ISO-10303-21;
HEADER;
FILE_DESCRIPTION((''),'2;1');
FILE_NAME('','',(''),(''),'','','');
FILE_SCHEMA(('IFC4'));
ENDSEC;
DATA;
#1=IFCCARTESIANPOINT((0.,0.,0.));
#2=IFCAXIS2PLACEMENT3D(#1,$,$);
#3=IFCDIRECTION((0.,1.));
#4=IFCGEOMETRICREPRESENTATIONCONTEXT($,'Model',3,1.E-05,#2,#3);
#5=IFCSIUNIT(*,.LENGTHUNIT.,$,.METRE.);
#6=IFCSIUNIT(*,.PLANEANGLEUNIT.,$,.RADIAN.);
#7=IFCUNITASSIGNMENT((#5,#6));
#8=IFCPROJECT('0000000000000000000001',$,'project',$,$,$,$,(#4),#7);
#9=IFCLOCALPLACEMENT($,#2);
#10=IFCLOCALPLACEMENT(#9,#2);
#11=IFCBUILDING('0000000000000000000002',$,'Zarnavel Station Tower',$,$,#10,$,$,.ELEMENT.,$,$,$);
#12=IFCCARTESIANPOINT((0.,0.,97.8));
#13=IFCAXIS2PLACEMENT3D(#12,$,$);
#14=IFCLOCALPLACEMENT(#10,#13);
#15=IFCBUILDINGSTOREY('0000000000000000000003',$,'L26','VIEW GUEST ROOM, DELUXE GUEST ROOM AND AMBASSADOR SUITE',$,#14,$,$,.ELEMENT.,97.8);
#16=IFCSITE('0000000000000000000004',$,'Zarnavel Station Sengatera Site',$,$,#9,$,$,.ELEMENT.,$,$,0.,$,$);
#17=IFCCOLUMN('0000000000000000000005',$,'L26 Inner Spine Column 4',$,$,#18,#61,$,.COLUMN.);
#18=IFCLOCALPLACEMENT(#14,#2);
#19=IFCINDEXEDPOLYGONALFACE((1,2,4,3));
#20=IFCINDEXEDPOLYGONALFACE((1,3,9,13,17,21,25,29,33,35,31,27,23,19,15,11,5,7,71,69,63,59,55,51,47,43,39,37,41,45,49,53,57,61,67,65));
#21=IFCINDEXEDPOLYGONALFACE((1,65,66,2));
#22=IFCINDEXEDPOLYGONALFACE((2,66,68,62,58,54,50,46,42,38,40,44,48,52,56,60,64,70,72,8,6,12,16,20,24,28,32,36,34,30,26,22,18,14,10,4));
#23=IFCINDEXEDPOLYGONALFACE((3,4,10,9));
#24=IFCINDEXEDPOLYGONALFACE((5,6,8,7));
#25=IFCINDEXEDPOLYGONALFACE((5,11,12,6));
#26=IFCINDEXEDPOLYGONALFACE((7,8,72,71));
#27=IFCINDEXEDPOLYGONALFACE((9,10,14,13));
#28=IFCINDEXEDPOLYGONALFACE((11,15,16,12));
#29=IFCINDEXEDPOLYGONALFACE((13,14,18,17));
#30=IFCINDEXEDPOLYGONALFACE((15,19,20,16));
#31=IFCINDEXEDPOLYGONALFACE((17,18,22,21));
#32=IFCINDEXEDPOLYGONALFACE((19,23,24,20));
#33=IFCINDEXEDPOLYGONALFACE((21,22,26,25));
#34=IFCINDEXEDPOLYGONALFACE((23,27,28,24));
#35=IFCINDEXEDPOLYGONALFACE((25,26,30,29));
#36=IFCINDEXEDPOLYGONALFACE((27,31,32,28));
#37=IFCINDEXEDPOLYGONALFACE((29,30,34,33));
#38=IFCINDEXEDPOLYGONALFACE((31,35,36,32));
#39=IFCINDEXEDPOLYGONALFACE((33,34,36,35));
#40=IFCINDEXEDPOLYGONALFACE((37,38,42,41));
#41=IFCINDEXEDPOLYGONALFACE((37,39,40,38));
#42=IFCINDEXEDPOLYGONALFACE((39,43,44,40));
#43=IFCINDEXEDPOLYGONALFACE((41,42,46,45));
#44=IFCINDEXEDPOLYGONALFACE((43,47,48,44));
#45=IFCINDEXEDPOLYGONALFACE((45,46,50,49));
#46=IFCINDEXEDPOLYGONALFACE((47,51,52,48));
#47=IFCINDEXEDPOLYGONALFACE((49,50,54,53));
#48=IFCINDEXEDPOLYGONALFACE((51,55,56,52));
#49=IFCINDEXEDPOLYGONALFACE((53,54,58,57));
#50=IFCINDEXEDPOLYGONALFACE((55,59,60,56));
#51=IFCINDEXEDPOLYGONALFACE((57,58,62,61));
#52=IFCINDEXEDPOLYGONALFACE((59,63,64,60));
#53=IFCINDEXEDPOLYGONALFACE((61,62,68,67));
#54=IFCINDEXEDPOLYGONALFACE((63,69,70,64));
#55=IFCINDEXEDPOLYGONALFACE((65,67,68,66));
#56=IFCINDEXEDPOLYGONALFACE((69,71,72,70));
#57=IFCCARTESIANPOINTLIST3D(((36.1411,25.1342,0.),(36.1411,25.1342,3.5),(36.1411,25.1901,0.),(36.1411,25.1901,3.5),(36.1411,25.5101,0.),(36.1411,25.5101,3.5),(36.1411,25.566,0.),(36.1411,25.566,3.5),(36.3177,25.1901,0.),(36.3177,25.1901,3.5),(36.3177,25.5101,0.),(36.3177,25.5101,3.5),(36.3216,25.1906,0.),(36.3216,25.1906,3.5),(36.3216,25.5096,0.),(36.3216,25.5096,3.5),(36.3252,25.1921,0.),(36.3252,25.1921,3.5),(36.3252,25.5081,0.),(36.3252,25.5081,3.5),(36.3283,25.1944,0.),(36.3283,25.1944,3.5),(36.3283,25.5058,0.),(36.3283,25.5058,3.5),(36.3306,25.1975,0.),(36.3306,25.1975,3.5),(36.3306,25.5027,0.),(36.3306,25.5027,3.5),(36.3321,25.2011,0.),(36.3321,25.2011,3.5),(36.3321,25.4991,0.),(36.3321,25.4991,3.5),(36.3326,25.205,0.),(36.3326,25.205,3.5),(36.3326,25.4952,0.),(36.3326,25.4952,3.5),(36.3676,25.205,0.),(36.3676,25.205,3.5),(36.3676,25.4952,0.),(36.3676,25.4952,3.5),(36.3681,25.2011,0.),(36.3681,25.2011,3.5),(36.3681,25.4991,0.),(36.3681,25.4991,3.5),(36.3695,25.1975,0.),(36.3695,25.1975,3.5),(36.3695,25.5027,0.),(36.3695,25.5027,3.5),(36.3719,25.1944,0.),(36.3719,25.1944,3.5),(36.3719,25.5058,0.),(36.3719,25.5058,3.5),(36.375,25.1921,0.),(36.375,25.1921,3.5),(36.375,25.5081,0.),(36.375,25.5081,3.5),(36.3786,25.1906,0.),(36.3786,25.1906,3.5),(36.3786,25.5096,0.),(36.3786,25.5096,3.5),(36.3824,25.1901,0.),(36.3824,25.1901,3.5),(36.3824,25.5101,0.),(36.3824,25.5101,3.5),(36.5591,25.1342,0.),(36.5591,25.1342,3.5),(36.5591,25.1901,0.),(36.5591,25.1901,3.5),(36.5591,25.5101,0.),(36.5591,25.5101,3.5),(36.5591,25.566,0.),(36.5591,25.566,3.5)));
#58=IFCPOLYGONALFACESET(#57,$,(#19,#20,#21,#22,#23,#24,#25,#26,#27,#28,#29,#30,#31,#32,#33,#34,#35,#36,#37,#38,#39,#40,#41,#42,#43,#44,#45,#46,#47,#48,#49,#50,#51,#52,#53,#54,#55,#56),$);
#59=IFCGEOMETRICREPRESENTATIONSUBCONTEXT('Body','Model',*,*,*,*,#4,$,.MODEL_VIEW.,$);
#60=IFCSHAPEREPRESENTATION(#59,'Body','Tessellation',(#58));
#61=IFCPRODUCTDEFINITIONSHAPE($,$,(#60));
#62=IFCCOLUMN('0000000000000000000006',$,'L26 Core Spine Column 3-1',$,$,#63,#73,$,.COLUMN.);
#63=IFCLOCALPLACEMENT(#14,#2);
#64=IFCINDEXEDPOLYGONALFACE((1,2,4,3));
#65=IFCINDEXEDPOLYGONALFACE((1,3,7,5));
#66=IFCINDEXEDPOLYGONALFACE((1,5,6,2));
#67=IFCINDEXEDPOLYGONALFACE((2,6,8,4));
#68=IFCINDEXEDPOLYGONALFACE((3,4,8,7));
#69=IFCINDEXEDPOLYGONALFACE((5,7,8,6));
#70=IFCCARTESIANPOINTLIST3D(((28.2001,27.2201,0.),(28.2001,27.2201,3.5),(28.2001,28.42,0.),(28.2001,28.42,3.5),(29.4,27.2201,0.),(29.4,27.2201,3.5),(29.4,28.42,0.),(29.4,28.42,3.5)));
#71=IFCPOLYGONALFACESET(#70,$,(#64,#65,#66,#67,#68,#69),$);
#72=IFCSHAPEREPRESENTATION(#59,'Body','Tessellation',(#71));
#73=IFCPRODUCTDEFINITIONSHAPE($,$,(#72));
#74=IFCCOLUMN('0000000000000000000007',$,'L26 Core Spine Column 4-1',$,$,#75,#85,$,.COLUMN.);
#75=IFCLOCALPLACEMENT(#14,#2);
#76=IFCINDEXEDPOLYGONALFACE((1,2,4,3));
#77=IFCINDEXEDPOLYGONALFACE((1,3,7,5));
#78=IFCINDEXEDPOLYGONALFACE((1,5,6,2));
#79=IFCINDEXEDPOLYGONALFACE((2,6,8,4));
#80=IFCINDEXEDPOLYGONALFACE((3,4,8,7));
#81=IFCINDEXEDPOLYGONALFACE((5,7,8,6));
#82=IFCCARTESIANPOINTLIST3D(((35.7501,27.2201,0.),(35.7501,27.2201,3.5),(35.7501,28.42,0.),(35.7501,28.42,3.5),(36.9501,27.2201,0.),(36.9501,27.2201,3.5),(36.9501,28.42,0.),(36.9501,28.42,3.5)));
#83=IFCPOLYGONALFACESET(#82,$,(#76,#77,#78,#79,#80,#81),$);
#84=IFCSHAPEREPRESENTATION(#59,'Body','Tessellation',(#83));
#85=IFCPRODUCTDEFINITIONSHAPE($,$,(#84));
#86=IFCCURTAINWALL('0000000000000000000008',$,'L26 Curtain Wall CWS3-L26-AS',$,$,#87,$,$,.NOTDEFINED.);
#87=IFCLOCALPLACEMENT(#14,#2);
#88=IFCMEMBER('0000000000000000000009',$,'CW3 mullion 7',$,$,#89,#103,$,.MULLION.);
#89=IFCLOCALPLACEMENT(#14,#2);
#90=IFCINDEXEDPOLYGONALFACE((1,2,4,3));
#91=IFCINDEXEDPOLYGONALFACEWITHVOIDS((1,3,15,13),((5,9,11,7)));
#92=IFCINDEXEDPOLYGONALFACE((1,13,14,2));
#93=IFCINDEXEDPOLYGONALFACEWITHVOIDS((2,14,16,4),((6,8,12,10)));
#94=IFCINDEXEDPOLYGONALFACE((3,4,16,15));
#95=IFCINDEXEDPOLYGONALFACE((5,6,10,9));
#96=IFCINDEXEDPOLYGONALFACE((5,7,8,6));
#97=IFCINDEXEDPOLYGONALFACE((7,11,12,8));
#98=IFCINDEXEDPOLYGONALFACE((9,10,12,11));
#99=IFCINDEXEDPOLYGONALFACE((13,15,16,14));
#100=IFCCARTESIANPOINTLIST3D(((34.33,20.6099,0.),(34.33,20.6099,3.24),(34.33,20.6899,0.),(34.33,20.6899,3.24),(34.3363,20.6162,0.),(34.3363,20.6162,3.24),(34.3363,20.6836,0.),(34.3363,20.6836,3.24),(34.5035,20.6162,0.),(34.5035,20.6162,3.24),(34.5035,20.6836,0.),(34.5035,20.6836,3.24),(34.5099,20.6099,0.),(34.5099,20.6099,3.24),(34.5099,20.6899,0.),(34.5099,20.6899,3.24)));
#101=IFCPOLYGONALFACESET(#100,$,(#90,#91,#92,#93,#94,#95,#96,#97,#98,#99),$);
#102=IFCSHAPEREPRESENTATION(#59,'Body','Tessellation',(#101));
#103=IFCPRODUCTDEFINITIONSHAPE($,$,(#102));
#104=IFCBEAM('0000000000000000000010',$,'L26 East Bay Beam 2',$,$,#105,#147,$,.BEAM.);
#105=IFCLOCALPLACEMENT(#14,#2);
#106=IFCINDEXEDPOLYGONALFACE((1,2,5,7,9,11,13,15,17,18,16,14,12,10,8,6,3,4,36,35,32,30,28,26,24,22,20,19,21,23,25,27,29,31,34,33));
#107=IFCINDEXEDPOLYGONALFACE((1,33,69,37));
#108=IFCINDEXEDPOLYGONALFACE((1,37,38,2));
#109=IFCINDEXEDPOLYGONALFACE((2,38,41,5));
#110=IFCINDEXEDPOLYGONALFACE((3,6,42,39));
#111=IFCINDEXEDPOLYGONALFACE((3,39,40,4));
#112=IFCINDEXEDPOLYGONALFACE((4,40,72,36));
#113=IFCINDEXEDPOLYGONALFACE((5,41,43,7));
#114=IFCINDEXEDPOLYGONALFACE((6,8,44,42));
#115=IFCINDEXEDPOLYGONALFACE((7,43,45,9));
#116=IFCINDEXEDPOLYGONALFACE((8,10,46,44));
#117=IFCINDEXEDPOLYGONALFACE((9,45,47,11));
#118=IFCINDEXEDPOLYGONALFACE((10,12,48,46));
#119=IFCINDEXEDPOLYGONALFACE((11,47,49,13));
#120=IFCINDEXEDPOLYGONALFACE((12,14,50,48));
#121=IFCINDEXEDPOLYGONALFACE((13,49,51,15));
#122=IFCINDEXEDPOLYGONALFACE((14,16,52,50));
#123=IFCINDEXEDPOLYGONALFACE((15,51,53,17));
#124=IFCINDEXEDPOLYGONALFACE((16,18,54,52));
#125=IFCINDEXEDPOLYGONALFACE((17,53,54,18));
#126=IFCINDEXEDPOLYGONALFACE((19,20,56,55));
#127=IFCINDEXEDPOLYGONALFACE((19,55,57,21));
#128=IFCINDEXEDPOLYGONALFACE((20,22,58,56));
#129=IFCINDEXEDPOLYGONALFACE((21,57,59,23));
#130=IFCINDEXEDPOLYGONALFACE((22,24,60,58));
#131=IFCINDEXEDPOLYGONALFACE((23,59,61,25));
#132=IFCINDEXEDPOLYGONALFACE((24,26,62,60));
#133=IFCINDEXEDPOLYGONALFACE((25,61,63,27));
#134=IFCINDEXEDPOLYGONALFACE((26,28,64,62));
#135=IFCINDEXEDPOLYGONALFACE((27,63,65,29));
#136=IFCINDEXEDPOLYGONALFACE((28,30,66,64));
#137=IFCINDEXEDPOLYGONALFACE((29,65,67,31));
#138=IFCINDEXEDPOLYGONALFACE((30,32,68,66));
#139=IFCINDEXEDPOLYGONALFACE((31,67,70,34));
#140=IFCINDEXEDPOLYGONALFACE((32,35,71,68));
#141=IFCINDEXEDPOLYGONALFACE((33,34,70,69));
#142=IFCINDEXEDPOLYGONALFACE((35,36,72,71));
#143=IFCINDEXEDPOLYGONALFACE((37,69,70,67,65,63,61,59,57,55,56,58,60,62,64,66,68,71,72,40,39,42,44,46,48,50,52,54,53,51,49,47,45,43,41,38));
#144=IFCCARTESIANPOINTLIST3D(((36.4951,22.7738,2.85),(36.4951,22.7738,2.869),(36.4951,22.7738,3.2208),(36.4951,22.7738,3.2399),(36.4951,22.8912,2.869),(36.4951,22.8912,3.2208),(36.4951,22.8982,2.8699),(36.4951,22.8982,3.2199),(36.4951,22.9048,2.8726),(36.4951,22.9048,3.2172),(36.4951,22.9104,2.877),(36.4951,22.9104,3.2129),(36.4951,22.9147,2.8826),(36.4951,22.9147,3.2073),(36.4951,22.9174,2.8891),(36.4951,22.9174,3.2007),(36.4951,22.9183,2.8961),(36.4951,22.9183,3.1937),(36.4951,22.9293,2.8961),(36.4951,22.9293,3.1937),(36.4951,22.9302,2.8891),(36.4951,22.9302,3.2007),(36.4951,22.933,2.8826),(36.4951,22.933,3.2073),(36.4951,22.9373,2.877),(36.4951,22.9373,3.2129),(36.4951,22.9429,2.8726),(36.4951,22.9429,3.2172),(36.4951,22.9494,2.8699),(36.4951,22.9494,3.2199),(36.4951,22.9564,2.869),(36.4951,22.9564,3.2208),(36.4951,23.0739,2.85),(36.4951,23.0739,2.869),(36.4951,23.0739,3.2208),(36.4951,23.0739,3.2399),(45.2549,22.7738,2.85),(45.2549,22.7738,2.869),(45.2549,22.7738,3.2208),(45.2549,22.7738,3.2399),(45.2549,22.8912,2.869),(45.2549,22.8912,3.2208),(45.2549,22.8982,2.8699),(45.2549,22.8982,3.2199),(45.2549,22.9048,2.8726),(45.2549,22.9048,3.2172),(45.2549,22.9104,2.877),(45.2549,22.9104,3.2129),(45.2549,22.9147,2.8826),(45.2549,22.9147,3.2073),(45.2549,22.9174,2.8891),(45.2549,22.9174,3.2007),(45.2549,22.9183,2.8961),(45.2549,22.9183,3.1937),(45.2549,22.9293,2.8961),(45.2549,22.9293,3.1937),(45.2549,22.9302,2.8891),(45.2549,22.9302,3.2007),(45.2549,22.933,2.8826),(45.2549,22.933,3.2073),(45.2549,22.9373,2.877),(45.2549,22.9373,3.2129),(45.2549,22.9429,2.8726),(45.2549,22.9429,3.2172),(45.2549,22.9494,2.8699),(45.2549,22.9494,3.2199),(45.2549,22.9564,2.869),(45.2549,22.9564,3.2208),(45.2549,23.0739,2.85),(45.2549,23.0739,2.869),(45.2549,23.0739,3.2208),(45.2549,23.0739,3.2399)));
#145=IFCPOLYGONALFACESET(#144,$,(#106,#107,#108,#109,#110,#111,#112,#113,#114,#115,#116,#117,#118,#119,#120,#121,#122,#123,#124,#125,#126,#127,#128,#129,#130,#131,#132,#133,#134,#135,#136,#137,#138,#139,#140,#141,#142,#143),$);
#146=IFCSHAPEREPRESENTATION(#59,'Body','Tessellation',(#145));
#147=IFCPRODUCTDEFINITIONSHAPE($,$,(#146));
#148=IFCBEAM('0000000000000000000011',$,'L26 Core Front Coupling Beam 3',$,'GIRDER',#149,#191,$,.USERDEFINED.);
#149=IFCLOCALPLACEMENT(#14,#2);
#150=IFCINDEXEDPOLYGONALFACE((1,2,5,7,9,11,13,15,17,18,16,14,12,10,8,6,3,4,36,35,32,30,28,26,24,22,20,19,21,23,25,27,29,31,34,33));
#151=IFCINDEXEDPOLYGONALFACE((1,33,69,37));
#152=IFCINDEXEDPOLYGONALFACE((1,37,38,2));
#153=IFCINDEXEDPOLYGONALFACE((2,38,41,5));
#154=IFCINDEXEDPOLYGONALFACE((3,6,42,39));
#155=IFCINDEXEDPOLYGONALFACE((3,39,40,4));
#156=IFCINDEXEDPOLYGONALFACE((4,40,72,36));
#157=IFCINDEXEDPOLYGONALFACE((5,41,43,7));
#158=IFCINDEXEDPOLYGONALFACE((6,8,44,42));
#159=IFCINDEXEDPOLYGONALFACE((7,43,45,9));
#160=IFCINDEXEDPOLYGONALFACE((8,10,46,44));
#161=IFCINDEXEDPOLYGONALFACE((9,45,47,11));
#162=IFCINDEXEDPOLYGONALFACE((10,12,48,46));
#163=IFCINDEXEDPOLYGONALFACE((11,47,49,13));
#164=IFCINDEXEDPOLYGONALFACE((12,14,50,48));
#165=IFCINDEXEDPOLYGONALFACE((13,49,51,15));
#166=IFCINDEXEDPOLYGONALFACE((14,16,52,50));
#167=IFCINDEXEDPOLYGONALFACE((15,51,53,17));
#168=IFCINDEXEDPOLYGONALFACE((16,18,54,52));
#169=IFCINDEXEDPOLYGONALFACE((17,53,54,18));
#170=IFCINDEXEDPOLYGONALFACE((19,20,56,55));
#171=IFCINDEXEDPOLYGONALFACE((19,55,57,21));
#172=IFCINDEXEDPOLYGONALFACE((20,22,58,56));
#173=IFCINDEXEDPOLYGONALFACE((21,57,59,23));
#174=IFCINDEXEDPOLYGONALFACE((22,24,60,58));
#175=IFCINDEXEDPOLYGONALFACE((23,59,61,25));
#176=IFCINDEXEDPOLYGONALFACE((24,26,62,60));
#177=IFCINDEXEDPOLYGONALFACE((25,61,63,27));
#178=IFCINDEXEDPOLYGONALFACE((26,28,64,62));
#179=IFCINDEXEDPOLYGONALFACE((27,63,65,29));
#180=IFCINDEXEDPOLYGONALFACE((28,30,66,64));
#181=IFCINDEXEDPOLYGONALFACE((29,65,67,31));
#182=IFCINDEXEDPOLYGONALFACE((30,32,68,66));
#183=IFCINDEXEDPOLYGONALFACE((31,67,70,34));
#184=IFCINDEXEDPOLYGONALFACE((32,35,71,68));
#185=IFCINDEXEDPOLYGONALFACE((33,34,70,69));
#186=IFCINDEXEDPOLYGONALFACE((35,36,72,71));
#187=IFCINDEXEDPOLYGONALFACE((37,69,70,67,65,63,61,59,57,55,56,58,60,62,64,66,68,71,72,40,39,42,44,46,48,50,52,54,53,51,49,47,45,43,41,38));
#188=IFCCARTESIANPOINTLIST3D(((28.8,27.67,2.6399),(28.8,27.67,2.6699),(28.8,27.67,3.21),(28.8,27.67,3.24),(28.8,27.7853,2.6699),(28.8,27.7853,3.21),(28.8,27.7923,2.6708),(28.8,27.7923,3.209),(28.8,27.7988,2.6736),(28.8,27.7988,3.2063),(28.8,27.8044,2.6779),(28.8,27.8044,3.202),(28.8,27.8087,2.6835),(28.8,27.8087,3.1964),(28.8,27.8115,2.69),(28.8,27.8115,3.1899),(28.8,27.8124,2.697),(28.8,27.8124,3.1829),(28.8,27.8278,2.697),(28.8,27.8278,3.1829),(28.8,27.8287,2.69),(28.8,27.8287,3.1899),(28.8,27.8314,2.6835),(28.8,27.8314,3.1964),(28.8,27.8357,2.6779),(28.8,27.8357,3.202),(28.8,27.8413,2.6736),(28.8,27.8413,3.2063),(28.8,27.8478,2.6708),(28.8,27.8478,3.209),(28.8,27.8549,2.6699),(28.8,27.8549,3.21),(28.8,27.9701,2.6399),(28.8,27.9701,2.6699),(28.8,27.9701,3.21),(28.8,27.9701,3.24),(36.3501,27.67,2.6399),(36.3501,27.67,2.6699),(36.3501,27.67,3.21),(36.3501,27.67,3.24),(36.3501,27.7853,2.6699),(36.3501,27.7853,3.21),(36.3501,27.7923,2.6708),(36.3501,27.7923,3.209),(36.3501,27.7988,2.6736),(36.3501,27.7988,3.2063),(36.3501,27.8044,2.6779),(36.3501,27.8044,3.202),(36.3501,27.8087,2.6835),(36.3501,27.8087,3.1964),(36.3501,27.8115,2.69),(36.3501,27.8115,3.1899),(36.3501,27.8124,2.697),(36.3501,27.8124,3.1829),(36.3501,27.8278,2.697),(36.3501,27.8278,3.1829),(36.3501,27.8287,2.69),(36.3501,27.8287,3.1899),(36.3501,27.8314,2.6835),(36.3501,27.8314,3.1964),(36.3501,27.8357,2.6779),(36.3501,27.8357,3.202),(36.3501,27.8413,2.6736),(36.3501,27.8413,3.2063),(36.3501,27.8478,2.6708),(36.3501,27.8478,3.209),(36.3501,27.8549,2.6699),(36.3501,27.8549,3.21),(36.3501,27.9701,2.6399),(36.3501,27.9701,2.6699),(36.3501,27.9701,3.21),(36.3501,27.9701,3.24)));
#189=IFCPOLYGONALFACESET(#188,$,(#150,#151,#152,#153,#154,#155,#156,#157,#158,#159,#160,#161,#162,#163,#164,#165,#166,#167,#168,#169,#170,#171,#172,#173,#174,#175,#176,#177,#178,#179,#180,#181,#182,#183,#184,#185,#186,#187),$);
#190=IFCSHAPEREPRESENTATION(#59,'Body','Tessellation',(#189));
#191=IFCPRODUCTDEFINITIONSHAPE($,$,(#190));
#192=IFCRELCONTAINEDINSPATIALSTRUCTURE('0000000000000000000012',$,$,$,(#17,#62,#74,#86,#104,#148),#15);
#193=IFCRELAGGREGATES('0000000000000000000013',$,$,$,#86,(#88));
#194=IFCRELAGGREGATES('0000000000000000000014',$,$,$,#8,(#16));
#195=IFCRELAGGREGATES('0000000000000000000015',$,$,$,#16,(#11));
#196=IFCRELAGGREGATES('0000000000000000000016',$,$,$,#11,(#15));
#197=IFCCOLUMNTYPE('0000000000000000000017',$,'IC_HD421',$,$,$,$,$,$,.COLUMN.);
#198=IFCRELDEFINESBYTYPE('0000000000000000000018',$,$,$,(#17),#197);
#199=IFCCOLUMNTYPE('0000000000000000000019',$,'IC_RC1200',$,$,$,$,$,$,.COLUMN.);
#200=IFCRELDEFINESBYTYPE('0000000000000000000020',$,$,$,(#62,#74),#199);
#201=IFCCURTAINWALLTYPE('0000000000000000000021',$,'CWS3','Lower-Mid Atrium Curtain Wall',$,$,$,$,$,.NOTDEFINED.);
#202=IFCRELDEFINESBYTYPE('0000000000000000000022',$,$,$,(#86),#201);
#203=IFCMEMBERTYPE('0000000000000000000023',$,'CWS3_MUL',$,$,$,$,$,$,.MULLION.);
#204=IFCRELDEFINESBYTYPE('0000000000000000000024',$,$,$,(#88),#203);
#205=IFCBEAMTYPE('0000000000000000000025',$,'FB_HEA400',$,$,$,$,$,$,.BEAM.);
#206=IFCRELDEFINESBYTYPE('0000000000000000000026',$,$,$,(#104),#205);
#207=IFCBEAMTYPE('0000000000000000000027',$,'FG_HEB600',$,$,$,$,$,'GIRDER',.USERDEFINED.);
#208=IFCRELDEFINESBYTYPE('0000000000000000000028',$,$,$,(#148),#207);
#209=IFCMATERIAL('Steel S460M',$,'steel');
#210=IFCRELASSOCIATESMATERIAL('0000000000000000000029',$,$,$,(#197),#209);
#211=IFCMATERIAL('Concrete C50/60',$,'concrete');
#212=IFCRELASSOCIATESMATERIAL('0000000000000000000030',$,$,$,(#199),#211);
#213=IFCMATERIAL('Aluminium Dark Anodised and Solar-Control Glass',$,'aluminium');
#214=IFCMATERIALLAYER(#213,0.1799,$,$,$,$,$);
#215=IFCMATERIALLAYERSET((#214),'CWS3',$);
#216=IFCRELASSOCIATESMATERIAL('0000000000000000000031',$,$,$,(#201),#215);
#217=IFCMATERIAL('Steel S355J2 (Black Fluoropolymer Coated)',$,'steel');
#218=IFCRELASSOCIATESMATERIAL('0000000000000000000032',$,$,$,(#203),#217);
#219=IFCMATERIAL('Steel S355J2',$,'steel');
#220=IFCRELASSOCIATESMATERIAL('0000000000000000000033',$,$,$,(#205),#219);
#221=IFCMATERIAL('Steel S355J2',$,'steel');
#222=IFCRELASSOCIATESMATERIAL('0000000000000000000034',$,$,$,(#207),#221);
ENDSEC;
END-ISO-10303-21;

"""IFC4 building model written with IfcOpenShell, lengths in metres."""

from ifc_helpers import new_model, si_unit, direction, frame, origin, origin_2d, place, context, subcontext, project, spatial, rectangle, hollow_rectangle, i_section, extrude, material, layer, layer_set, material_profile, profile_set, type_object, element, aggregate, save


model = new_model("IFC4")

# Units and contexts
model_context = context("Model", 3, precision=1e-05, world=origin(), true_north=direction((0.0, 1.0)))
body_context = subcontext(model_context, "Body", "Model", "MODEL_VIEW")
ifc_project = project(units=[si_unit("LENGTHUNIT", "METRE"), si_unit("PLANEANGLEUNIT", "RADIAN")], contexts=[model_context])

# Site, building, storey
site_placement = place(None, origin())
site = spatial("IfcSite", under=ifc_project, at=site_placement, Name="Zarnavel Station Sengatera Site", CompositionType="ELEMENT", RefElevation=0.0)
building_placement = place(site_placement, origin())
building = spatial("IfcBuilding", under=site, at=building_placement, Name="Zarnavel Station Tower", CompositionType="ELEMENT")
storey_placement = place(building_placement, frame((0.0, 0.0, 97.8)))
storey = spatial("IfcBuildingStorey", under=building, at=storey_placement, Name="L26", Description="VIEW GUEST ROOM, DELUXE GUEST ROOM AND AMBASSADOR SUITE", CompositionType="ELEMENT", Elevation=97.8)

# Columns
ifc_material_1 = material(Name="Steel S460M", Category="steel")
ifc_material_profile_1 = material_profile(ifc_material_1, i_section(OverallWidth=0.418, OverallDepth=0.4319, WebThickness=0.0349, FlangeThickness=0.0559, FilletRadius=0.0149, at=origin_2d()), Name="HD400x421")
ifc_profile_set_1 = profile_set([ifc_material_profile_1], Name="Steel S460M")
column_type_1 = type_object("IfcColumnType", Name="IC_HD421", PredefinedType="COLUMN", material=ifc_profile_set_1)
column_placement = place(storey_placement, frame((36.3501, 25.3501, 0.0), z_axis=(0.0, 0.0, 1.0), x_axis=(1.0, 0.0, 0.0)))
element("IfcColumn", 1, at=column_placement, inside=storey, type_object=column_type_1, Name="L26 Inner Spine Column 4", PredefinedType="COLUMN", context=body_context, shape_type="SweptSolid", body=[
    extrude(i_section(OverallWidth=0.418, OverallDepth=0.4319, WebThickness=0.0349, FlangeThickness=0.0559, FilletRadius=0.0149, at=origin_2d()), origin(), (0.0, 0.0, 1.0), 3.5),
])
ifc_material_2 = material(Name="Concrete C50/60", Category="concrete")
ifc_material_profile_2 = material_profile(ifc_material_2, rectangle(XDim=1.2, YDim=1.2, at=origin_2d()), Name="RC1200x1200")
ifc_profile_set_2 = profile_set([ifc_material_profile_2], Name="Concrete C50/60")
column_type_2 = type_object("IfcColumnType", Name="IC_RC1200", PredefinedType="COLUMN", material=ifc_profile_set_2)
for number, where, z_axis, x_axis, name in (
    (2, (28.8, 27.8201, 0.0), (0.0, 0.0, 1.0), (1.0, 0.0, 0.0), "L26 Core Spine Column 3-1"),
    (3, (36.3501, 27.8201, 0.0), (0.0, 0.0, 1.0), (1.0, 0.0, 0.0), "L26 Core Spine Column 4-1"),
):
    element("IfcColumn", number, at=place(storey_placement, frame(where, z_axis=z_axis, x_axis=x_axis)), inside=storey, type_object=column_type_2, Name=name, PredefinedType="COLUMN", context=body_context, shape_type="SweptSolid", body=[
        extrude(rectangle(XDim=1.2, YDim=1.2, at=origin_2d()), origin(), (0.0, 0.0, 1.0), 3.5),
    ])

# Curtain wall, member
ifc_material_3 = material(Name="Aluminium Dark Anodised and Solar-Control Glass", Category="aluminium")
ifc_layer_1 = layer(ifc_material_3, 0.1799)
ifc_layer_set_1 = layer_set([ifc_layer_1], Name="CWS3")
curtain_wall_type = type_object("IfcCurtainWallType", Name="CWS3", Description="Lower-Mid Atrium Curtain Wall", PredefinedType="NOTDEFINED", material=ifc_layer_set_1)
curtain_wall_placement = place(storey_placement, origin())
curtain_wall = element("IfcCurtainWall", 4, at=curtain_wall_placement, inside=storey, type_object=curtain_wall_type, Name="L26 Curtain Wall CWS3-L26-AS", PredefinedType="NOTDEFINED")
ifc_material_4 = material(Name="Steel S355J2 (Black Fluoropolymer Coated)", Category="steel")
ifc_material_profile_3 = material_profile(ifc_material_4, hollow_rectangle(XDim=0.0801, YDim=0.1799, WallThickness=0.0063, at=origin_2d()), Name="RHS180x80x6.3")
ifc_profile_set_3 = profile_set([ifc_material_profile_3], Name="Steel S355J2 (Black Fluoropolymer Coated)")
member_type = type_object("IfcMemberType", Name="CWS3_MUL", PredefinedType="MULLION", material=ifc_profile_set_3)
member_placement = place(storey_placement, frame((34.4199, 20.6499, 0.0), z_axis=(0.0, 0.0, 1.0), x_axis=(0.0, 1.0, 0.0)))
member = element("IfcMember", 5, at=member_placement, type_object=member_type, Name="CW3 mullion 7", PredefinedType="MULLION", context=body_context, shape_type="SweptSolid", body=[
    extrude(hollow_rectangle(XDim=0.0801, YDim=0.1799, WallThickness=0.0063, at=origin_2d()), origin(), (0.0, 0.0, 1.0), 3.24),
])

# Beams
ifc_material_5 = material(Name="Steel S355J2", Category="steel")
ifc_material_profile_4 = material_profile(ifc_material_5, i_section(OverallWidth=0.3, OverallDepth=0.3899, WebThickness=0.011, FlangeThickness=0.019, FilletRadius=0.0271, at=origin_2d()), Name="HEA400")
ifc_profile_set_4 = profile_set([ifc_material_profile_4], Name="Steel S355J2")
beam_type_1 = type_object("IfcBeamType", Name="FB_HEA400", PredefinedType="BEAM", material=ifc_profile_set_4)
beam_1_placement = place(storey_placement, frame((36.4951, 22.9238, 3.0449), z_axis=(1.0, 0.0, 0.0), x_axis=(0.0, 1.0, 0.0)))
element("IfcBeam", 6, at=beam_1_placement, inside=storey, type_object=beam_type_1, Name="L26 East Bay Beam 2", PredefinedType="BEAM", context=body_context, shape_type="SweptSolid", body=[
    extrude(i_section(OverallWidth=0.3, OverallDepth=0.3899, WebThickness=0.011, FlangeThickness=0.019, FilletRadius=0.0271, at=origin_2d()), origin(), (0.0, 0.0, 1.0), 8.7598),
])
ifc_material_6 = material(Name="Steel S355J2", Category="steel")
ifc_material_profile_5 = material_profile(ifc_material_6, i_section(OverallWidth=0.3, OverallDepth=0.6001, WebThickness=0.0154, FlangeThickness=0.03, FilletRadius=0.0271, at=origin_2d()), Name="HEB600")
ifc_profile_set_5 = profile_set([ifc_material_profile_5], Name="Steel S355J2")
beam_type_2 = type_object("IfcBeamType", Name="FG_HEB600", ElementType="GIRDER", PredefinedType="USERDEFINED", material=ifc_profile_set_5)
beam_2_placement = place(storey_placement, frame((28.8, 27.8201, 2.9399), z_axis=(1.0, 0.0, 0.0), x_axis=(0.0, 1.0, 0.0)))
element("IfcBeam", 7, at=beam_2_placement, inside=storey, type_object=beam_type_2, Name="L26 Core Front Coupling Beam 3", ObjectType="GIRDER", PredefinedType="USERDEFINED", context=body_context, shape_type="SweptSolid", body=[
    extrude(i_section(OverallWidth=0.3, OverallDepth=0.6001, WebThickness=0.0154, FlangeThickness=0.03, FilletRadius=0.0271, at=origin_2d()), origin(), (0.0, 0.0, 1.0), 7.55),
])

aggregate(curtain_wall, [member])

save(model, "model.ifc")
